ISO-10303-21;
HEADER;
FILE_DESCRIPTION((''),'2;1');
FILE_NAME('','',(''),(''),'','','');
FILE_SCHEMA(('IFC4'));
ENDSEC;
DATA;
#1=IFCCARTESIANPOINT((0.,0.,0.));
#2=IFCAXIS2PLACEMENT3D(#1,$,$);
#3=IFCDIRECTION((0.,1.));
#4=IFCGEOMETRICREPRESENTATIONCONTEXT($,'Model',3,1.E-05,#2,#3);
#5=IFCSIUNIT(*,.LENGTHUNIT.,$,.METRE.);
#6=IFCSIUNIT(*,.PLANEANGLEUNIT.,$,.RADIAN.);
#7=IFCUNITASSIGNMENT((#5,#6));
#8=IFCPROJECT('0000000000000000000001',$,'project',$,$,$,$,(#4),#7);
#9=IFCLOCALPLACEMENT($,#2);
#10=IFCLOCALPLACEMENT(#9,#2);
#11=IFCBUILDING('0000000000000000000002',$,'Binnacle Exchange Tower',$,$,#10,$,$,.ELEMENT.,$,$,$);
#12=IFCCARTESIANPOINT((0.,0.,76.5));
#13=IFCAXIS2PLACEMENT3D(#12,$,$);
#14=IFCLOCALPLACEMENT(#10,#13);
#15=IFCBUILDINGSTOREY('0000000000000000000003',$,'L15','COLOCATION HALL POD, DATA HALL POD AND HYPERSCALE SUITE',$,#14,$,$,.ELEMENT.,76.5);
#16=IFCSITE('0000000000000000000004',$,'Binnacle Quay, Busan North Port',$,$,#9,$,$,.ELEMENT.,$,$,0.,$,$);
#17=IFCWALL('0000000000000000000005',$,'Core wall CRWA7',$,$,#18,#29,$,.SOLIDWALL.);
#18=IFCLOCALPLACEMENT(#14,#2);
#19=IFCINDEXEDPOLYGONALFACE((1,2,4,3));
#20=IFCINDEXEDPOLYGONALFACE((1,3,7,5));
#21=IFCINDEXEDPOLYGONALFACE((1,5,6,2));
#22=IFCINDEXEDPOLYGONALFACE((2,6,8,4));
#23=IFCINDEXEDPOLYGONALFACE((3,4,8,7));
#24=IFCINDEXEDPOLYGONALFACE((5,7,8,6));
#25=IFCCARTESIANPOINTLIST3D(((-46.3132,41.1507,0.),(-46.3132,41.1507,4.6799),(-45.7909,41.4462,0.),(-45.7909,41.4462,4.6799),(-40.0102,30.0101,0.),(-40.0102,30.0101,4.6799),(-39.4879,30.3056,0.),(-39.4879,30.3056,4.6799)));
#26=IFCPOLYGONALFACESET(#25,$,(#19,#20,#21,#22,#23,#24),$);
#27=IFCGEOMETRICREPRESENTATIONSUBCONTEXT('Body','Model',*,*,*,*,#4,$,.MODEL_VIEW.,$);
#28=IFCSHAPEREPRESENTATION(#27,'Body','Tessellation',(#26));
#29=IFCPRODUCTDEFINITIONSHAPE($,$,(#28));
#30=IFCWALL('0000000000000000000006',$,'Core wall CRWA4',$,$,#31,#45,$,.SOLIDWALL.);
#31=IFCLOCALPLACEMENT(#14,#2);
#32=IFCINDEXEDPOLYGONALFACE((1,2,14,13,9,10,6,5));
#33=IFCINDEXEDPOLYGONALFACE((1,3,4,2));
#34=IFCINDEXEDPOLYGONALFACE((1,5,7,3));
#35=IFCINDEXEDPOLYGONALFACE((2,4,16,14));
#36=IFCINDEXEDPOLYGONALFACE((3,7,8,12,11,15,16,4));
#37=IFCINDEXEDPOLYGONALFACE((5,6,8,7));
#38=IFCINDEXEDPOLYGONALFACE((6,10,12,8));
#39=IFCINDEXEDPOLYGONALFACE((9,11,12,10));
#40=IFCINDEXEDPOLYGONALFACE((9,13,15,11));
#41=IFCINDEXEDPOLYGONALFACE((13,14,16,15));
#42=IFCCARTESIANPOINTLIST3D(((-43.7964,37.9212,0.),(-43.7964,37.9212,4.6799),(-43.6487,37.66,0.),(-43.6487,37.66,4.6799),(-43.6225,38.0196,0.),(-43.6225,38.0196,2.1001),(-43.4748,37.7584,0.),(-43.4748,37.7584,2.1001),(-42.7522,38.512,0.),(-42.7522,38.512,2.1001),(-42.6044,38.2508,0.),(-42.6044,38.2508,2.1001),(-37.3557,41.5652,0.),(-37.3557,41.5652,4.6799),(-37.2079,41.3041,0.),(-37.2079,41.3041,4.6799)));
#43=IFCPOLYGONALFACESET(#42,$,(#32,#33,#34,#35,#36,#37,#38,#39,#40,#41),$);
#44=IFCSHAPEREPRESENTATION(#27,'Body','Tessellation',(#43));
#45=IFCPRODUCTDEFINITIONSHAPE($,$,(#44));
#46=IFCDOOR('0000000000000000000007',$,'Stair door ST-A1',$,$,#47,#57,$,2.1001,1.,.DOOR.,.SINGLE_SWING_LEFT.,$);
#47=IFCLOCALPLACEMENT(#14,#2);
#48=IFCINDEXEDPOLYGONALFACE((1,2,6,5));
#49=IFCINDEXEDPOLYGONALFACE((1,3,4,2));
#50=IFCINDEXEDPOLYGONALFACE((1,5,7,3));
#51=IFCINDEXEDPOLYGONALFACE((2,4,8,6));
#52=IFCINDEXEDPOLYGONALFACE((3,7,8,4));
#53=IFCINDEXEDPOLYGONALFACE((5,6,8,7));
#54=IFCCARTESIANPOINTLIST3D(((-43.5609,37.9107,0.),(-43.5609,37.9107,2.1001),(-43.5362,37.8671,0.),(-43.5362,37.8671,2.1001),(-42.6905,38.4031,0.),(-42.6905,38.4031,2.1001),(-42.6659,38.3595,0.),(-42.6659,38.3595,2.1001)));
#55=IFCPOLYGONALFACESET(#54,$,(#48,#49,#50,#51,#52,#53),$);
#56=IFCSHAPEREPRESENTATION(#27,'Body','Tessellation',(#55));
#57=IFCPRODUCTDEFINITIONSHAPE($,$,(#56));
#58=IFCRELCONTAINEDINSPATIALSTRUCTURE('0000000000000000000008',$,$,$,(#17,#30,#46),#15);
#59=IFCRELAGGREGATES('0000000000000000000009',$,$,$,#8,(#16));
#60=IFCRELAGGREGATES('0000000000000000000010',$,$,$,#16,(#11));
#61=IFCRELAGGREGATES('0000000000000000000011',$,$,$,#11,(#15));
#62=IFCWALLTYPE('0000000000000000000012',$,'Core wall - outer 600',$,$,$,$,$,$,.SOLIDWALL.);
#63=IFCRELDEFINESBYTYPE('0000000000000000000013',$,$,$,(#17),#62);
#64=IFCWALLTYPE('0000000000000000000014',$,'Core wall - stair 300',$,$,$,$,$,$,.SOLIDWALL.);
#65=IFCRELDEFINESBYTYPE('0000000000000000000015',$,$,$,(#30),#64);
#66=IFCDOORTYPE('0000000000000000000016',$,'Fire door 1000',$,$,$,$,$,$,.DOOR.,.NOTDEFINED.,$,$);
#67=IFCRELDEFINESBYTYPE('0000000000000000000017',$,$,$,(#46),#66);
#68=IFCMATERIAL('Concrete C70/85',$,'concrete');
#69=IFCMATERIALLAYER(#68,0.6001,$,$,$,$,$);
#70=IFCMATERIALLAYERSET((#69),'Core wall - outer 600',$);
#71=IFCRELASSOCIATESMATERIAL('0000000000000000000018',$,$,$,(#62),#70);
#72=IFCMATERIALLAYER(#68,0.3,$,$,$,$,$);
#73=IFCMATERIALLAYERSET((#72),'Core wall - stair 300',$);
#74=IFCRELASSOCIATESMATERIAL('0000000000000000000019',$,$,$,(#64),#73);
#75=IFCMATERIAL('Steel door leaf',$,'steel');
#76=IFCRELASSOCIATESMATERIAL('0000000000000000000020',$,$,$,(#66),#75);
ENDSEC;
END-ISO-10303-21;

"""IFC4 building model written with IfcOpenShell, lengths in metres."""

from ifc_helpers import new_model, si_unit, direction, frame, frame_2d, origin, place, context, subcontext, project, spatial, rectangle, extrude, material, layer, layer_set, type_object, element, fill, save


model = new_model("IFC4")

# Units and contexts
model_context = context("Model", 3, precision=1e-05, world=origin(), true_north=direction((0.0, 1.0)))
body_context = subcontext(model_context, "Body", "Model", "MODEL_VIEW")
ifc_project = project(units=[si_unit("LENGTHUNIT", "METRE"), si_unit("PLANEANGLEUNIT", "RADIAN")], contexts=[model_context])

# Site, building, storey
site_placement = place(None, origin())
site = spatial("IfcSite", under=ifc_project, at=site_placement, Name="Binnacle Quay, Busan North Port", CompositionType="ELEMENT", RefElevation=0.0)
building_placement = place(site_placement, origin())
building = spatial("IfcBuilding", under=site, at=building_placement, Name="Binnacle Exchange Tower", CompositionType="ELEMENT")
storey_placement = place(building_placement, frame((0.0, 0.0, 76.5)))
storey = spatial("IfcBuildingStorey", under=building, at=storey_placement, Name="L15", Description="COLOCATION HALL POD, DATA HALL POD AND HYPERSCALE SUITE", CompositionType="ELEMENT", Elevation=76.5)

# Shared definitions
ifc_material_1 = material(Name="Concrete C70/85", Category="concrete")

# Wall
ifc_layer_1 = layer(ifc_material_1, 0.6001)
ifc_layer_set_1 = layer_set([ifc_layer_1], Name="Core wall - outer 600")
wall_type_1 = type_object("IfcWallType", Name="Core wall - outer 600", PredefinedType="SOLIDWALL", material=ifc_layer_set_1)
wall_1_placement = place(storey_placement, frame((-46.052, 41.2983, 0.0), z_axis=(0.0, 0.0, 1.0), x_axis=(0.492419, -0.870359, 0.0)))
element("IfcWall", 1, at=wall_1_placement, inside=storey, type_object=wall_type_1, Name="Core wall CRWA7", PredefinedType="SOLIDWALL", context=body_context, shape_type="SweptSolid", body=[
    extrude(rectangle(XDim=12.8, YDim=0.6001, at=frame_2d((6.3999, 0.0))), origin(), (0.0, 0.0, 1.0), 4.6799),
])

# Wall, opening, door
ifc_layer_2 = layer(ifc_material_1, 0.3)
ifc_layer_set_2 = layer_set([ifc_layer_2], Name="Core wall - stair 300")
wall_type_2 = type_object("IfcWallType", Name="Core wall - stair 300", PredefinedType="SOLIDWALL", material=ifc_layer_set_2)
wall_2_placement = place(storey_placement, frame((-43.7227, 37.7905, 0.0), z_axis=(0.0, 0.0, 1.0), x_axis=(0.870351, 0.492432, 0.0)))
wall_2 = element("IfcWall", 2, at=wall_2_placement, inside=storey, type_object=wall_type_2, Name="Core wall CRWA4", PredefinedType="SOLIDWALL", context=body_context, shape_type="SweptSolid", body=[
    extrude(rectangle(XDim=7.4001, YDim=0.3, at=frame_2d((3.7002, 0.0))), origin(), (0.0, 0.0, 1.0), 4.6799),
])
opening_1_placement = place(wall_2_placement, frame((0.2, 0.0, 0.0)))
opening_1 = element("IfcOpeningElement", 3, at=opening_1_placement, cuts=wall_2, PredefinedType="OPENING", context=body_context, shape_type="SweptSolid", body=[
    extrude(rectangle(XDim=1.0, YDim=2.1001, at=frame_2d((0.5, 1.05))), frame((0.0, 0.1599, 0.0), z_axis=(0.0, -1.0, 0.0), x_axis=(1.0, 0.0, 0.0)), (0.0, 0.0, 1.0), 0.3201),
])
ifc_material_2 = material(Name="Steel door leaf", Category="steel")
door_type = type_object("IfcDoorType", Name="Fire door 1000", OperationType="NOTDEFINED", PredefinedType="DOOR", material=ifc_material_2)
door_placement = place(opening_1_placement, origin())
door = element("IfcDoor", 4, at=door_placement, inside=storey, type_object=door_type, Name="Stair door ST-A1", OperationType="SINGLE_SWING_LEFT", OverallHeight=2.1001, OverallWidth=1.0, PredefinedType="DOOR", context=body_context, shape_type="SweptSolid", body=[
    extrude(rectangle(XDim=1.0, YDim=2.1001, at=frame_2d((0.5, 1.05))), frame((0.0, 0.0249, 0.0), z_axis=(0.0, -1.0, 0.0), x_axis=(1.0, 0.0, 0.0)), (0.0, 0.0, 1.0), 0.05),
])
fill(opening_1, door)

save(model, "model.ifc")
